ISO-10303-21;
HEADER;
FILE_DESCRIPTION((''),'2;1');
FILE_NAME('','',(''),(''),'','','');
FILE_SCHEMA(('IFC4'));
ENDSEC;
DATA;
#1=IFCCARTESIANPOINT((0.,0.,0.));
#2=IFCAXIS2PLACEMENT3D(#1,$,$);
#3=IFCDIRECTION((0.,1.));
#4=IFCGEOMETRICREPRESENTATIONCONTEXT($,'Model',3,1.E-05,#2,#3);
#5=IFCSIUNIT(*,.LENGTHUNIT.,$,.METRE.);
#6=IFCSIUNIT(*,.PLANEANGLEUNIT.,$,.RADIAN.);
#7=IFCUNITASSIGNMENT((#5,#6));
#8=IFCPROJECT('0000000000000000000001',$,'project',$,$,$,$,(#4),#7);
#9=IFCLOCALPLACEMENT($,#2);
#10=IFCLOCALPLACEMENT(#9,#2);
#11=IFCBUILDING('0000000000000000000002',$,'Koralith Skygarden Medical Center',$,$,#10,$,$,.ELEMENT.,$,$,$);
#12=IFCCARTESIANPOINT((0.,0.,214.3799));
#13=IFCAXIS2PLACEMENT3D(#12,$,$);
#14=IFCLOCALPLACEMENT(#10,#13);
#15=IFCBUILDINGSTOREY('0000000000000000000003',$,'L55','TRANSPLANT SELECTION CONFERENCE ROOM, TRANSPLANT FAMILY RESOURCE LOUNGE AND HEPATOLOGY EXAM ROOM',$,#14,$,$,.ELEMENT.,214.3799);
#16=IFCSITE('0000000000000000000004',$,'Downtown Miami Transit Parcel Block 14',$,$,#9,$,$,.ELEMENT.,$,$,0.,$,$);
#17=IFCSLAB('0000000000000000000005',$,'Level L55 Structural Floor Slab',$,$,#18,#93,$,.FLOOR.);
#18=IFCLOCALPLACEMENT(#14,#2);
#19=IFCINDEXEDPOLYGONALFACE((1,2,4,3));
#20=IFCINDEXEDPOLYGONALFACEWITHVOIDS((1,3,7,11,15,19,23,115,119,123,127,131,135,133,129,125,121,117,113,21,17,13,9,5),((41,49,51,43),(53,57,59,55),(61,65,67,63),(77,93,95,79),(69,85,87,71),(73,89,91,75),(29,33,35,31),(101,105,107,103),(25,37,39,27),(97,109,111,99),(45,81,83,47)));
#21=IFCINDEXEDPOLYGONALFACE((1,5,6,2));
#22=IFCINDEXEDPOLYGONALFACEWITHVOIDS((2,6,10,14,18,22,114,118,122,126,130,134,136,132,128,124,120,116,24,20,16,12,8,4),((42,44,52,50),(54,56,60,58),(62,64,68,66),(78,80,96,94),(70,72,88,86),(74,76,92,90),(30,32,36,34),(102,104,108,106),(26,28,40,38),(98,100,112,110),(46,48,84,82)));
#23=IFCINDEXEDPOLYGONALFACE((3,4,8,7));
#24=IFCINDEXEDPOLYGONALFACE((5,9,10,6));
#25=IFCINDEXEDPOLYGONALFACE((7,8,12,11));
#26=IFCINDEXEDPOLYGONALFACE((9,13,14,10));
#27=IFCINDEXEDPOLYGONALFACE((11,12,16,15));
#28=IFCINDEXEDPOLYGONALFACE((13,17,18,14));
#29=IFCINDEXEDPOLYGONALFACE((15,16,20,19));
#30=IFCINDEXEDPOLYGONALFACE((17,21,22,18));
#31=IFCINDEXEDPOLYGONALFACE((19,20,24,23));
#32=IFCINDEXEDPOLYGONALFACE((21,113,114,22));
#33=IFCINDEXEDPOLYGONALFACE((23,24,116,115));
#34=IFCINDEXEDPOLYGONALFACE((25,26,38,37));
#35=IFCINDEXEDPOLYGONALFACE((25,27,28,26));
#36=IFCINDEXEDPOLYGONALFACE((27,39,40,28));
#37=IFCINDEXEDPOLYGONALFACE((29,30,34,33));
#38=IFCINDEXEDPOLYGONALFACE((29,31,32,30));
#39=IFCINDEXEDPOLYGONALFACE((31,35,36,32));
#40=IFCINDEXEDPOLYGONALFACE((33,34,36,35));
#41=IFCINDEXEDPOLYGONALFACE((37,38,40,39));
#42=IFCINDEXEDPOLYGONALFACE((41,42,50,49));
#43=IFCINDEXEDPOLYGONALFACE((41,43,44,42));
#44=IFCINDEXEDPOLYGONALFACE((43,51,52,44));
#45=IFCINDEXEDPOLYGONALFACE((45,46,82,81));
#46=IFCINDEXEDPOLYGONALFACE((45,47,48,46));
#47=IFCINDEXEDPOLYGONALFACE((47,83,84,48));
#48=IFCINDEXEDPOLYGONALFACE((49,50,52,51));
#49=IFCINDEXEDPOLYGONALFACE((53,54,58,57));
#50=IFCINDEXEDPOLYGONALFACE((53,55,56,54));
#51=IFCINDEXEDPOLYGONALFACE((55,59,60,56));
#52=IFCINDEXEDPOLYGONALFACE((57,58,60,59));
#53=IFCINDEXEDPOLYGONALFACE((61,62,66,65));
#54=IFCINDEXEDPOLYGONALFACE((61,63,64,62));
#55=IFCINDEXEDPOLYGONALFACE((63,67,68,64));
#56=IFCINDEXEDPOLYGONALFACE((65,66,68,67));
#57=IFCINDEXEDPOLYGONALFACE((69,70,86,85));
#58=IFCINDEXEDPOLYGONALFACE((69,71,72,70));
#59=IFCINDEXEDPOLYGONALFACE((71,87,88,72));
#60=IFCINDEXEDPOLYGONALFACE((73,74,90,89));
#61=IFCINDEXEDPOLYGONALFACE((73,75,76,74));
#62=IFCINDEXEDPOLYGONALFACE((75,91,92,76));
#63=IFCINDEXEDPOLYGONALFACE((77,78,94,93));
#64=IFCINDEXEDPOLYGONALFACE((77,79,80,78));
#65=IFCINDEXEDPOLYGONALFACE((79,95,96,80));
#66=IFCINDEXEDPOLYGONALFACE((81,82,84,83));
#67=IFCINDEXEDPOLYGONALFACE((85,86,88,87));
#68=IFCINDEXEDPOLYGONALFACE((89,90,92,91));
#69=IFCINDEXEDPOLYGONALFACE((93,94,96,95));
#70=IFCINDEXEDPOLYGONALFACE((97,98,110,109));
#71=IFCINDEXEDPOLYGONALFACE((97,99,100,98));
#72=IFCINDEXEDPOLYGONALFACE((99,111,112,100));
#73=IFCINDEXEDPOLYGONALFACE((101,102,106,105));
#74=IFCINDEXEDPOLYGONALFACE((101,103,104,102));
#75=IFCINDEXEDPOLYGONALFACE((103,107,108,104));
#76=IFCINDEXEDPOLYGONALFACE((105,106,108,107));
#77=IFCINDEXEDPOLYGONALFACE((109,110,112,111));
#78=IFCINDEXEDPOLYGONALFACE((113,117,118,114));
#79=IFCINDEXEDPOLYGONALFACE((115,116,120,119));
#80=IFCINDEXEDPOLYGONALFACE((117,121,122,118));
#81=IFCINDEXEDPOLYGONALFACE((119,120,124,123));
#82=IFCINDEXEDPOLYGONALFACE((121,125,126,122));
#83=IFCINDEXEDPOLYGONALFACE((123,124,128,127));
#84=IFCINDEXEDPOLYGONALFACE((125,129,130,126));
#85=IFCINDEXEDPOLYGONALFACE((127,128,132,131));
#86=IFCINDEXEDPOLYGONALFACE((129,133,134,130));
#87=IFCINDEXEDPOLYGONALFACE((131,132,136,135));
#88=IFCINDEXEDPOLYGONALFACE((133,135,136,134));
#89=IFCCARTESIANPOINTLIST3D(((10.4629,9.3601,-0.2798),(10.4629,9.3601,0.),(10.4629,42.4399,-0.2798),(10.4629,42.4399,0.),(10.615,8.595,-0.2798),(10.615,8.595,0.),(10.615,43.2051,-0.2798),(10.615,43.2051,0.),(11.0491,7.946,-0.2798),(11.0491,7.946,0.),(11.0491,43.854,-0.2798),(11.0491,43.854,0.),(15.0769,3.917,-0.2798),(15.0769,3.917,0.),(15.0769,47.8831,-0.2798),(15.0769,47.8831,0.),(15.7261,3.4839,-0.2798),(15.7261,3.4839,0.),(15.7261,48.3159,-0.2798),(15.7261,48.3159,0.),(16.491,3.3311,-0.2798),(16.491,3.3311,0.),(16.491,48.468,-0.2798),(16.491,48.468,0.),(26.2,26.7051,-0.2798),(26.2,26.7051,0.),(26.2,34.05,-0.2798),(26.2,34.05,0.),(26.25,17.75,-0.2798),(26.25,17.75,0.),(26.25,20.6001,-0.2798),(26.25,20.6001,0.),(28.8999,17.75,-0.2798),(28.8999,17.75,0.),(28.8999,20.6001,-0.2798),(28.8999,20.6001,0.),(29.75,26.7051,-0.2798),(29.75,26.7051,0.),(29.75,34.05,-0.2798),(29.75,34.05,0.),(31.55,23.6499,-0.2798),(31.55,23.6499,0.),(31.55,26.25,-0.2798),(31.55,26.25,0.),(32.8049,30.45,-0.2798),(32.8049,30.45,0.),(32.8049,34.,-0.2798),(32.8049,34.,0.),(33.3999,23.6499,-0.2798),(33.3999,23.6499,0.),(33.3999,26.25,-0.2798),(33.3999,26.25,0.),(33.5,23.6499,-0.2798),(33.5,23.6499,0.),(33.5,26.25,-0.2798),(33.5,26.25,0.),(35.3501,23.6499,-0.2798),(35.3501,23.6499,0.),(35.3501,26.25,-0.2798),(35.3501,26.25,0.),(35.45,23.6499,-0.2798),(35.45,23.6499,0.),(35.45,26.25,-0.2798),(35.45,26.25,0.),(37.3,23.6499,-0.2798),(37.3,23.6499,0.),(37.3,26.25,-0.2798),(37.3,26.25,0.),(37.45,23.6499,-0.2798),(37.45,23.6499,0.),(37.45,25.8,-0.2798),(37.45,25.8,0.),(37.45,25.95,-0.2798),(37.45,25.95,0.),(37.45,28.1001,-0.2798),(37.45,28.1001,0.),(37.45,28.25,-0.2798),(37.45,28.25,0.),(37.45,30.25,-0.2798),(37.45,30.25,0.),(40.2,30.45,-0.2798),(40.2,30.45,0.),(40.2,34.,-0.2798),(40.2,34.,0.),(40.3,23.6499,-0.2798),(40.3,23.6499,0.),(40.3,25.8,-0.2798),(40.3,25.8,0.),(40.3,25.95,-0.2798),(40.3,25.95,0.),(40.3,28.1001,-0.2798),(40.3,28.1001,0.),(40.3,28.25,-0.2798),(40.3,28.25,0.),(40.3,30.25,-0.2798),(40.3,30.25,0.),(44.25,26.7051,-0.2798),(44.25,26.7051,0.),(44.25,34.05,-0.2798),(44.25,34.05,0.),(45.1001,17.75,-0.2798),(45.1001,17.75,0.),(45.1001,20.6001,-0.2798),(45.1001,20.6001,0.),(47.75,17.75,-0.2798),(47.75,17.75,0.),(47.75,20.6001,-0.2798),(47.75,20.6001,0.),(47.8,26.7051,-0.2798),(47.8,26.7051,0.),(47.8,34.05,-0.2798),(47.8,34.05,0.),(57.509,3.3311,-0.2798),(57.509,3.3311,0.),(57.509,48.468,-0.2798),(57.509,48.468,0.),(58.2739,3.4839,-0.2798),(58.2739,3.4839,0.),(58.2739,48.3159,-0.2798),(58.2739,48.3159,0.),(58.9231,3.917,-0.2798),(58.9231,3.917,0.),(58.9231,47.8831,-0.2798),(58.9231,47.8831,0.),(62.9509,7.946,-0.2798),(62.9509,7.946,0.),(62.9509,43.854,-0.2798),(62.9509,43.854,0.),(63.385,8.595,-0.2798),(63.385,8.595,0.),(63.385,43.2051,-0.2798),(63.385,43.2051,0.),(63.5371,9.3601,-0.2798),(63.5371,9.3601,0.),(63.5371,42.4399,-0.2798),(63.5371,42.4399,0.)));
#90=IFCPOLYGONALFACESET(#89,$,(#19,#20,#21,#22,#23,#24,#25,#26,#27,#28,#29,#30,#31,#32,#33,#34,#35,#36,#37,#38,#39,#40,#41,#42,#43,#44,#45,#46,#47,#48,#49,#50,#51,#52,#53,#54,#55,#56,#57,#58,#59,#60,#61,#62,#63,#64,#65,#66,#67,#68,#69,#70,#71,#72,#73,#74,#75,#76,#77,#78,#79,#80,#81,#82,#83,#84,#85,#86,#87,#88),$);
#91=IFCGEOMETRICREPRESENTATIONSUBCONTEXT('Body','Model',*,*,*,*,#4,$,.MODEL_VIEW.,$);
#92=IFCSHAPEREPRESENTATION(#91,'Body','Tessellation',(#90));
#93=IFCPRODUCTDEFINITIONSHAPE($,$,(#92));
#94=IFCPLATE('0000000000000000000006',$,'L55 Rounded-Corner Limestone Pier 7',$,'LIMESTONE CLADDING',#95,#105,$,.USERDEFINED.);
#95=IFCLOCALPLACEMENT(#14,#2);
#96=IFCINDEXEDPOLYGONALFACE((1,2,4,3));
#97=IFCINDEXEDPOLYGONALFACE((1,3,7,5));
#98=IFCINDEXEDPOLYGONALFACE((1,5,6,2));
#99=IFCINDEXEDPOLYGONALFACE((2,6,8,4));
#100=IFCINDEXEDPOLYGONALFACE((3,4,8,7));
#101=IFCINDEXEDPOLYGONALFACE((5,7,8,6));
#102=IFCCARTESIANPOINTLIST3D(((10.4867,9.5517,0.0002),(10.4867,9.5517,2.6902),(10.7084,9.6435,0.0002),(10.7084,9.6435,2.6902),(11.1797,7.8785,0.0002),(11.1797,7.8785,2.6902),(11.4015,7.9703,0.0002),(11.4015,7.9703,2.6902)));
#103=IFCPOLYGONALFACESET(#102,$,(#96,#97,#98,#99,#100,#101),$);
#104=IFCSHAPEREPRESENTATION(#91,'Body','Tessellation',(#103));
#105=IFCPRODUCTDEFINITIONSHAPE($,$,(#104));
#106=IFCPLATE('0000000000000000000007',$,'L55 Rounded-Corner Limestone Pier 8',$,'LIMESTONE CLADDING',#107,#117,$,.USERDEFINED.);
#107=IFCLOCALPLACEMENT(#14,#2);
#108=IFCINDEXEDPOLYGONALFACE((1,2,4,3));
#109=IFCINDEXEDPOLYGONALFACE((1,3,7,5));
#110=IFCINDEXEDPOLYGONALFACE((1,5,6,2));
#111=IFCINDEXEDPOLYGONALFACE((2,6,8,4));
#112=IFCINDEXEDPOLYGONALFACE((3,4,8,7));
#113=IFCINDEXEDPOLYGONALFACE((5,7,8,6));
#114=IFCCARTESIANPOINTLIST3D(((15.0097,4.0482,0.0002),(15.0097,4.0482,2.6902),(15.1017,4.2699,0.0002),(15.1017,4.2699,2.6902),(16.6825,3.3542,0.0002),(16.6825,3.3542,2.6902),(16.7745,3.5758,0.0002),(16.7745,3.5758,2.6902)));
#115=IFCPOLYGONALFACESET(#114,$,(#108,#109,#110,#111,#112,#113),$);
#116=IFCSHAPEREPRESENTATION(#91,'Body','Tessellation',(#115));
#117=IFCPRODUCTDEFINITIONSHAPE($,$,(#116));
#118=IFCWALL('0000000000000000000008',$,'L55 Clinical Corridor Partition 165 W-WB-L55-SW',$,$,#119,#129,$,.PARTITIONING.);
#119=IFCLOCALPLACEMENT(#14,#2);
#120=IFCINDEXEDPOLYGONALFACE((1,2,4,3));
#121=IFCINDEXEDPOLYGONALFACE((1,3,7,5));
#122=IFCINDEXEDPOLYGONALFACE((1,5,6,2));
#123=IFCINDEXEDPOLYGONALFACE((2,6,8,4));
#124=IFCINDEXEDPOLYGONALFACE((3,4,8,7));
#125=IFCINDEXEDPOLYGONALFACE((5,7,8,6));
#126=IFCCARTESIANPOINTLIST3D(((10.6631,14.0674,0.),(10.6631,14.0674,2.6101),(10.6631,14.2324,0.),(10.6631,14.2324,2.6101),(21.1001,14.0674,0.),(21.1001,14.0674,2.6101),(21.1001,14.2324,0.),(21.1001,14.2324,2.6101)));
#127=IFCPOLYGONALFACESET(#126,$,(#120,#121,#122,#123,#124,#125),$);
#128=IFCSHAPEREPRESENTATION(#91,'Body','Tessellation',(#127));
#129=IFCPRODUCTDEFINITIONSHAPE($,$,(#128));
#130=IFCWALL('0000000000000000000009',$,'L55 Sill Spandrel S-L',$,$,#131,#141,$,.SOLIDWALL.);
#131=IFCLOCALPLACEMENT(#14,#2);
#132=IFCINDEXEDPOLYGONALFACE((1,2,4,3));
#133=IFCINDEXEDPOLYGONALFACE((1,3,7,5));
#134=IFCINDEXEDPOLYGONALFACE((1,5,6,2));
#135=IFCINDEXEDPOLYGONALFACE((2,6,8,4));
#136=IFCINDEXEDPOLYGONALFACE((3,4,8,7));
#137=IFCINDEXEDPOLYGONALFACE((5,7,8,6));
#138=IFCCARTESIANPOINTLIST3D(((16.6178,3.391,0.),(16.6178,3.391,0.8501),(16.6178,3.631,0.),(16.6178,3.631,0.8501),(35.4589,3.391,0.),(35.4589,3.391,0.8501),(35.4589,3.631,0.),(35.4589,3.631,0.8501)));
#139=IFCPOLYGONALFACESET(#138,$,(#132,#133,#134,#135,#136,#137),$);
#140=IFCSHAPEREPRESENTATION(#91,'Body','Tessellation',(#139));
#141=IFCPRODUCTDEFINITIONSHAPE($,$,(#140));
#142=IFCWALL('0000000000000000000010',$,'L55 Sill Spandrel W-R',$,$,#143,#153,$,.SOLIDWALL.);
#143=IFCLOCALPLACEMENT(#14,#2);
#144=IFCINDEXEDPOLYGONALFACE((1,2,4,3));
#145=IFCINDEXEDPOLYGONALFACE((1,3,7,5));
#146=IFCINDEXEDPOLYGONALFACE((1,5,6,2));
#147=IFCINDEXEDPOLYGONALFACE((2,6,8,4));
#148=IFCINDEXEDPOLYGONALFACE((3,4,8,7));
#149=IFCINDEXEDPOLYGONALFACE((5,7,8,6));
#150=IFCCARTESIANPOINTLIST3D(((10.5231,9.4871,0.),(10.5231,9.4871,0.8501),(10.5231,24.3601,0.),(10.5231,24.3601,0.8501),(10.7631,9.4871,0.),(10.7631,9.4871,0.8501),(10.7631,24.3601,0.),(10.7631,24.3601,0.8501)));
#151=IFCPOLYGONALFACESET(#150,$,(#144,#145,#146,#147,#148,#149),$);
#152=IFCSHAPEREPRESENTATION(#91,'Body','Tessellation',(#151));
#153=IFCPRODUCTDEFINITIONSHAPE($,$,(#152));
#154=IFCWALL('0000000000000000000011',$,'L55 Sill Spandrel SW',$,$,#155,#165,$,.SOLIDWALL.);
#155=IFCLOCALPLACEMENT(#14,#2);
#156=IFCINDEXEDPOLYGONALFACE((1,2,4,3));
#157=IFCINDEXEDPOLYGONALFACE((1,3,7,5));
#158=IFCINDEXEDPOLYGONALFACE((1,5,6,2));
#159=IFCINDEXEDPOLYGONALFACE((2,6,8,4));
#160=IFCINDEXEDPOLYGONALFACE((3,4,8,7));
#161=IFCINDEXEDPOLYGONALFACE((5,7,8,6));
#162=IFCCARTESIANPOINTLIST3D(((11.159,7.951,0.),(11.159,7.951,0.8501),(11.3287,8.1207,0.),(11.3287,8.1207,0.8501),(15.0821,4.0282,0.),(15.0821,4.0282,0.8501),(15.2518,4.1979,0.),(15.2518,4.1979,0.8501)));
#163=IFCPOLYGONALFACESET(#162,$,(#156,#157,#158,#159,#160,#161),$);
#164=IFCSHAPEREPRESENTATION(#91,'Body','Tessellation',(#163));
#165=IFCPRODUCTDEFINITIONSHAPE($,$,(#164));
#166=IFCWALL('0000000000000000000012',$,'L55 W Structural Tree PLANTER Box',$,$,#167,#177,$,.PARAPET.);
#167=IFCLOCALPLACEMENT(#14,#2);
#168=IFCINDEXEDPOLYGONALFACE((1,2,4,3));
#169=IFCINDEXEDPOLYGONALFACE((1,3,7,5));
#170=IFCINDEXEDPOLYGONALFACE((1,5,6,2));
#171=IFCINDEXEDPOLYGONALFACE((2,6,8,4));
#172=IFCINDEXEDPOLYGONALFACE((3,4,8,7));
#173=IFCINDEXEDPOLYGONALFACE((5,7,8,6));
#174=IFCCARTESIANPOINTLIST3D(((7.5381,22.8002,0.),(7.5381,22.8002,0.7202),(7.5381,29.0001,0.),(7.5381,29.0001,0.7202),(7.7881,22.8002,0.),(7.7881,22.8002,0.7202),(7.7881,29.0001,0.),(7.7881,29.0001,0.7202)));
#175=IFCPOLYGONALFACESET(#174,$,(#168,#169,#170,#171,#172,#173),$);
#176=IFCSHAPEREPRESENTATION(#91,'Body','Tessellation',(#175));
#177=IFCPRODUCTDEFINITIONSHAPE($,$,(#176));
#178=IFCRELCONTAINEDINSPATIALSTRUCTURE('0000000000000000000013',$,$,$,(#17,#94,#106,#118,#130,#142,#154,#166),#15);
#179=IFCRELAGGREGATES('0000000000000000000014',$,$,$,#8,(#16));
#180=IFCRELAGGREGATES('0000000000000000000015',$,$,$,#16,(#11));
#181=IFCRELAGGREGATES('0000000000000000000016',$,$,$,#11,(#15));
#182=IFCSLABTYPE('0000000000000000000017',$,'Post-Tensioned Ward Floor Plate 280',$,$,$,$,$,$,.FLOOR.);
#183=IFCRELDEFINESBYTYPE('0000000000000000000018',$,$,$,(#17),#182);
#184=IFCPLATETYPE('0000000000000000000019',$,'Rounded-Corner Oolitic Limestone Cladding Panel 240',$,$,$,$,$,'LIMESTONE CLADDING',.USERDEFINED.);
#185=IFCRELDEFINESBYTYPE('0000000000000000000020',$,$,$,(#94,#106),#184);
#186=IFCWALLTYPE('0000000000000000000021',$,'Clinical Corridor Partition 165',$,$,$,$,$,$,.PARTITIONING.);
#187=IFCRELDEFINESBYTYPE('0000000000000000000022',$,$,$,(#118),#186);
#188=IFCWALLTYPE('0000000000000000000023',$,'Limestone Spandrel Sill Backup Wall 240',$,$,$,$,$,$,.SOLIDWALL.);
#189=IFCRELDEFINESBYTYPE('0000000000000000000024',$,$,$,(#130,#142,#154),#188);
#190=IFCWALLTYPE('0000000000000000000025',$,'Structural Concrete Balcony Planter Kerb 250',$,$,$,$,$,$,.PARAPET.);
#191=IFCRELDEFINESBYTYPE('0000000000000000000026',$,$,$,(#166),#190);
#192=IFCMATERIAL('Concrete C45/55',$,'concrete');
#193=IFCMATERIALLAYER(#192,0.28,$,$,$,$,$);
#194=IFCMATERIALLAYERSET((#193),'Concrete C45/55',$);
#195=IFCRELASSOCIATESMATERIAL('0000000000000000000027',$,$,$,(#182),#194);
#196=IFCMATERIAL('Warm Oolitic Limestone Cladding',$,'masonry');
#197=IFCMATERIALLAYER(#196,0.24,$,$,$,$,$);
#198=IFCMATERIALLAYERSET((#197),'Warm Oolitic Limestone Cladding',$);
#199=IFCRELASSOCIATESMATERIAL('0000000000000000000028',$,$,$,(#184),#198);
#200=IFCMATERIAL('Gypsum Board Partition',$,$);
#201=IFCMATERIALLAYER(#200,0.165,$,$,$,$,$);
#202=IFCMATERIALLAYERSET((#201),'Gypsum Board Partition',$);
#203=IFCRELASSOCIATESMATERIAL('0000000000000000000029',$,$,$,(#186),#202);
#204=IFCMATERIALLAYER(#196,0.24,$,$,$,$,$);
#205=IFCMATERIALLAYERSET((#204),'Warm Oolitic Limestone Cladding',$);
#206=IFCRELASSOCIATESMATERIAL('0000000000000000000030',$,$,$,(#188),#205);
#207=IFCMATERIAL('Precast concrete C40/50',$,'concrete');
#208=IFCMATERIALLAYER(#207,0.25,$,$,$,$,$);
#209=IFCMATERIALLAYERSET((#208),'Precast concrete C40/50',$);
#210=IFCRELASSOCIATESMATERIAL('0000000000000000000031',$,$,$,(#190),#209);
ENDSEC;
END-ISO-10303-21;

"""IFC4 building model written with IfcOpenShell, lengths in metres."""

from ifc_helpers import new_model, si_unit, direction, frame, frame_2d, origin, origin_2d, place, context, subcontext, project, spatial, polyline, rectangle, outline, extrude, material, layer, layer_set, type_object, element, save


model = new_model("IFC4")

# Units and contexts
model_context = context("Model", 3, precision=1e-05, world=origin(), true_north=direction((0.0, 1.0)))
body_context = subcontext(model_context, "Body", "Model", "MODEL_VIEW")
ifc_project = project(units=[si_unit("LENGTHUNIT", "METRE"), si_unit("PLANEANGLEUNIT", "RADIAN")], contexts=[model_context])

# Site, building, storey
site_placement = place(None, origin())
site = spatial("IfcSite", under=ifc_project, at=site_placement, Name="Downtown Miami Transit Parcel Block 14", CompositionType="ELEMENT", RefElevation=0.0)
building_placement = place(site_placement, origin())
building = spatial("IfcBuilding", under=site, at=building_placement, Name="Koralith Skygarden Medical Center", CompositionType="ELEMENT")
storey_placement = place(building_placement, frame((0.0, 0.0, 214.3799)))
storey = spatial("IfcBuildingStorey", under=building, at=storey_placement, Name="L55", Description="TRANSPLANT SELECTION CONFERENCE ROOM, TRANSPLANT FAMILY RESOURCE LOUNGE AND HEPATOLOGY EXAM ROOM", CompositionType="ELEMENT", Elevation=214.3799)

# Shared definitions
ifc_material_1 = material(Name="Concrete C45/55", Category="concrete")

# Slab
ifc_layer_1 = layer(ifc_material_1, 0.28)
ifc_layer_set_1 = layer_set([ifc_layer_1], Name="Concrete C45/55")
slab_type_1 = type_object("IfcSlabType", Name="Post-Tensioned Ward Floor Plate 280", PredefinedType="FLOOR", material=ifc_layer_set_1)
slab_1_placement = place(storey_placement, frame((0.0, 0.0, -0.2798)))
element("IfcSlab", 1, at=slab_1_placement, inside=storey, type_object=slab_type_1, Name="Level L55 Structural Floor Slab", PredefinedType="FLOOR", context=body_context, shape_type="SweptSolid", body=[
    extrude(outline(polyline([(15.0769, 3.917), (15.7261, 3.4839), (16.491, 3.3311), (57.509, 3.3311), (58.2739, 3.4839), (58.9231, 3.917), (62.9509, 7.946), (63.385, 8.595), (63.5371, 9.3601), (63.5371, 42.4399), (63.385, 43.2051), (62.9509, 43.854), (58.9231, 47.8831), (58.2739, 48.3159), (57.509, 48.468), (16.491, 48.468), (15.7261, 48.3159), (15.0769, 47.8831), (11.0491, 43.854), (10.615, 43.2051), (10.4629, 42.4399), (10.4629, 9.3601), (10.615, 8.595), (11.0491, 7.946), (15.0769, 3.917)]), holes=[polyline([(26.2, 26.7051), (29.75, 26.7051), (29.75, 34.05), (26.2, 34.05), (26.2, 26.7051)]), polyline([(44.25, 26.7051), (47.8, 26.7051), (47.8, 34.05), (44.25, 34.05), (44.25, 26.7051)]), polyline([(32.8049, 30.45), (40.2, 30.45), (40.2, 34.0), (32.8049, 34.0), (32.8049, 30.45)]), polyline([(26.25, 17.75), (28.8999, 17.75), (28.8999, 20.6001), (26.25, 20.6001), (26.25, 17.75)]), polyline([(45.1001, 17.75), (47.75, 17.75), (47.75, 20.6001), (45.1001, 20.6001), (45.1001, 17.75)]), polyline([(31.55, 23.6499), (33.3999, 23.6499), (33.3999, 26.25), (31.55, 26.25), (31.55, 23.6499)]), polyline([(33.5, 23.6499), (35.3501, 23.6499), (35.3501, 26.25), (33.5, 26.25), (33.5, 23.6499)]), polyline([(35.45, 23.6499), (37.3, 23.6499), (37.3, 26.25), (35.45, 26.25), (35.45, 23.6499)]), polyline([(37.45, 23.6499), (40.3, 23.6499), (40.3, 25.8), (37.45, 25.8), (37.45, 23.6499)]), polyline([(37.45, 25.95), (40.3, 25.95), (40.3, 28.1001), (37.45, 28.1001), (37.45, 25.95)]), polyline([(37.45, 28.25), (40.3, 28.25), (40.3, 30.25), (37.45, 30.25), (37.45, 28.25)])]), origin(), (0.0, 0.0, 1.0), 0.2798),
])

# Plates
ifc_material_2 = material(Name="Warm Oolitic Limestone Cladding", Category="masonry")
ifc_layer_2 = layer(ifc_material_2, 0.24)
ifc_layer_set_2 = layer_set([ifc_layer_2], Name="Warm Oolitic Limestone Cladding")
plate_type_1 = type_object("IfcPlateType", Name="Rounded-Corner Oolitic Limestone Cladding Panel 240", ElementType="LIMESTONE CLADDING", PredefinedType="USERDEFINED", material=ifc_layer_set_2)
for number, where, z_axis, x_axis, name in (
    (2, (10.9441, 8.761, 0.0002), (0.0, 0.0, 1.0), (0.382671, -0.923885, 0.0), "L55 Rounded-Corner Limestone Pier 7"),
    (3, (15.8921, 3.812, 0.0002), (0.0, 0.0, 1.0), (0.92366, -0.383214, 0.0), "L55 Rounded-Corner Limestone Pier 8"),
):
    element("IfcPlate", number, at=place(storey_placement, frame(where, z_axis=z_axis, x_axis=x_axis)), inside=storey, type_object=plate_type_1, Name=name, ObjectType="LIMESTONE CLADDING", PredefinedType="USERDEFINED", context=body_context, shape_type="SweptSolid", body=[
        extrude(rectangle(XDim=1.811, YDim=0.24, at=origin_2d()), origin(), (0.0, 0.0, 1.0), 2.6899),
    ])

# Walls
ifc_material_3 = material(Name="Gypsum Board Partition")
ifc_layer_3 = layer(ifc_material_3, 0.165)
ifc_layer_set_3 = layer_set([ifc_layer_3], Name="Gypsum Board Partition")
wall_type_1 = type_object("IfcWallType", Name="Clinical Corridor Partition 165", PredefinedType="PARTITIONING", material=ifc_layer_set_3)
wall_1_placement = place(storey_placement, frame((10.6631, 14.1499, 0.0), z_axis=(0.0, 0.0, 1.0), x_axis=(1.0, 0.0, 0.0)))
element("IfcWall", 4, at=wall_1_placement, inside=storey, type_object=wall_type_1, Name="L55 Clinical Corridor Partition 165 W-WB-L55-SW", PredefinedType="PARTITIONING", context=body_context, shape_type="SweptSolid", body=[
    extrude(rectangle(XDim=10.437, YDim=0.165, at=frame_2d((5.2185, 0.0))), origin(), (0.0, 0.0, 1.0), 2.6101),
])
ifc_layer_4 = layer(ifc_material_2, 0.24)
ifc_layer_set_4 = layer_set([ifc_layer_4], Name="Warm Oolitic Limestone Cladding")
wall_type_2 = type_object("IfcWallType", Name="Limestone Spandrel Sill Backup Wall 240", PredefinedType="SOLIDWALL", material=ifc_layer_set_4)
wall_2_placement = place(storey_placement, frame((16.6179, 3.511, 0.0), z_axis=(0.0, 0.0, 1.0), x_axis=(1.0, 0.0, 0.0)))
element("IfcWall", 5, at=wall_2_placement, inside=storey, type_object=wall_type_2, Name="L55 Sill Spandrel S-L", PredefinedType="SOLIDWALL", context=body_context, shape_type="SweptSolid", body=[
    extrude(rectangle(XDim=18.8411, YDim=0.24, at=frame_2d((9.4204, 0.0))), origin(), (0.0, 0.0, 1.0), 0.8501),
])
wall_3_placement = place(storey_placement, frame((10.6431, 24.3601, 0.0), z_axis=(0.0, 0.0, 1.0), x_axis=(0.0, -1.0, 0.0)))
element("IfcWall", 6, at=wall_3_placement, inside=storey, type_object=wall_type_2, Name="L55 Sill Spandrel W-R", PredefinedType="SOLIDWALL", context=body_context, shape_type="SweptSolid", body=[
    extrude(rectangle(XDim=14.873, YDim=0.24, at=frame_2d((7.4365, 0.0))), origin(), (0.0, 0.0, 1.0), 0.8501),
])
wall_4_placement = place(storey_placement, frame((11.2439, 8.0359, 0.0), z_axis=(0.0, 0.0, 1.0), x_axis=(0.707129, -0.707085, 0.0)))
element("IfcWall", 7, at=wall_4_placement, inside=storey, type_object=wall_type_2, Name="L55 Sill Spandrel SW", PredefinedType="SOLIDWALL", context=body_context, shape_type="SweptSolid", body=[
    extrude(rectangle(XDim=5.5479, YDim=0.24, at=frame_2d((2.7739, 0.0))), origin(), (0.0, 0.0, 1.0), 0.8501),
])
ifc_material_4 = material(Name="Precast concrete C40/50", Category="concrete")
ifc_layer_5 = layer(ifc_material_4, 0.25)
ifc_layer_set_5 = layer_set([ifc_layer_5], Name="Precast concrete C40/50")
wall_type_3 = type_object("IfcWallType", Name="Structural Concrete Balcony Planter Kerb 250", PredefinedType="PARAPET", material=ifc_layer_set_5)
wall_5_placement = place(storey_placement, frame((7.6631, 22.8, 0.0), z_axis=(0.0, 0.0, 1.0), x_axis=(0.0, 1.0, 0.0)))
element("IfcWall", 8, at=wall_5_placement, inside=storey, type_object=wall_type_3, Name="L55 W Structural Tree PLANTER Box", PredefinedType="PARAPET", context=body_context, shape_type="SweptSolid", body=[
    extrude(rectangle(XDim=6.2, YDim=0.25, at=frame_2d((3.1001, 0.0))), origin(), (0.0, 0.0, 1.0), 0.7202),
])

save(model, "model.ifc")
